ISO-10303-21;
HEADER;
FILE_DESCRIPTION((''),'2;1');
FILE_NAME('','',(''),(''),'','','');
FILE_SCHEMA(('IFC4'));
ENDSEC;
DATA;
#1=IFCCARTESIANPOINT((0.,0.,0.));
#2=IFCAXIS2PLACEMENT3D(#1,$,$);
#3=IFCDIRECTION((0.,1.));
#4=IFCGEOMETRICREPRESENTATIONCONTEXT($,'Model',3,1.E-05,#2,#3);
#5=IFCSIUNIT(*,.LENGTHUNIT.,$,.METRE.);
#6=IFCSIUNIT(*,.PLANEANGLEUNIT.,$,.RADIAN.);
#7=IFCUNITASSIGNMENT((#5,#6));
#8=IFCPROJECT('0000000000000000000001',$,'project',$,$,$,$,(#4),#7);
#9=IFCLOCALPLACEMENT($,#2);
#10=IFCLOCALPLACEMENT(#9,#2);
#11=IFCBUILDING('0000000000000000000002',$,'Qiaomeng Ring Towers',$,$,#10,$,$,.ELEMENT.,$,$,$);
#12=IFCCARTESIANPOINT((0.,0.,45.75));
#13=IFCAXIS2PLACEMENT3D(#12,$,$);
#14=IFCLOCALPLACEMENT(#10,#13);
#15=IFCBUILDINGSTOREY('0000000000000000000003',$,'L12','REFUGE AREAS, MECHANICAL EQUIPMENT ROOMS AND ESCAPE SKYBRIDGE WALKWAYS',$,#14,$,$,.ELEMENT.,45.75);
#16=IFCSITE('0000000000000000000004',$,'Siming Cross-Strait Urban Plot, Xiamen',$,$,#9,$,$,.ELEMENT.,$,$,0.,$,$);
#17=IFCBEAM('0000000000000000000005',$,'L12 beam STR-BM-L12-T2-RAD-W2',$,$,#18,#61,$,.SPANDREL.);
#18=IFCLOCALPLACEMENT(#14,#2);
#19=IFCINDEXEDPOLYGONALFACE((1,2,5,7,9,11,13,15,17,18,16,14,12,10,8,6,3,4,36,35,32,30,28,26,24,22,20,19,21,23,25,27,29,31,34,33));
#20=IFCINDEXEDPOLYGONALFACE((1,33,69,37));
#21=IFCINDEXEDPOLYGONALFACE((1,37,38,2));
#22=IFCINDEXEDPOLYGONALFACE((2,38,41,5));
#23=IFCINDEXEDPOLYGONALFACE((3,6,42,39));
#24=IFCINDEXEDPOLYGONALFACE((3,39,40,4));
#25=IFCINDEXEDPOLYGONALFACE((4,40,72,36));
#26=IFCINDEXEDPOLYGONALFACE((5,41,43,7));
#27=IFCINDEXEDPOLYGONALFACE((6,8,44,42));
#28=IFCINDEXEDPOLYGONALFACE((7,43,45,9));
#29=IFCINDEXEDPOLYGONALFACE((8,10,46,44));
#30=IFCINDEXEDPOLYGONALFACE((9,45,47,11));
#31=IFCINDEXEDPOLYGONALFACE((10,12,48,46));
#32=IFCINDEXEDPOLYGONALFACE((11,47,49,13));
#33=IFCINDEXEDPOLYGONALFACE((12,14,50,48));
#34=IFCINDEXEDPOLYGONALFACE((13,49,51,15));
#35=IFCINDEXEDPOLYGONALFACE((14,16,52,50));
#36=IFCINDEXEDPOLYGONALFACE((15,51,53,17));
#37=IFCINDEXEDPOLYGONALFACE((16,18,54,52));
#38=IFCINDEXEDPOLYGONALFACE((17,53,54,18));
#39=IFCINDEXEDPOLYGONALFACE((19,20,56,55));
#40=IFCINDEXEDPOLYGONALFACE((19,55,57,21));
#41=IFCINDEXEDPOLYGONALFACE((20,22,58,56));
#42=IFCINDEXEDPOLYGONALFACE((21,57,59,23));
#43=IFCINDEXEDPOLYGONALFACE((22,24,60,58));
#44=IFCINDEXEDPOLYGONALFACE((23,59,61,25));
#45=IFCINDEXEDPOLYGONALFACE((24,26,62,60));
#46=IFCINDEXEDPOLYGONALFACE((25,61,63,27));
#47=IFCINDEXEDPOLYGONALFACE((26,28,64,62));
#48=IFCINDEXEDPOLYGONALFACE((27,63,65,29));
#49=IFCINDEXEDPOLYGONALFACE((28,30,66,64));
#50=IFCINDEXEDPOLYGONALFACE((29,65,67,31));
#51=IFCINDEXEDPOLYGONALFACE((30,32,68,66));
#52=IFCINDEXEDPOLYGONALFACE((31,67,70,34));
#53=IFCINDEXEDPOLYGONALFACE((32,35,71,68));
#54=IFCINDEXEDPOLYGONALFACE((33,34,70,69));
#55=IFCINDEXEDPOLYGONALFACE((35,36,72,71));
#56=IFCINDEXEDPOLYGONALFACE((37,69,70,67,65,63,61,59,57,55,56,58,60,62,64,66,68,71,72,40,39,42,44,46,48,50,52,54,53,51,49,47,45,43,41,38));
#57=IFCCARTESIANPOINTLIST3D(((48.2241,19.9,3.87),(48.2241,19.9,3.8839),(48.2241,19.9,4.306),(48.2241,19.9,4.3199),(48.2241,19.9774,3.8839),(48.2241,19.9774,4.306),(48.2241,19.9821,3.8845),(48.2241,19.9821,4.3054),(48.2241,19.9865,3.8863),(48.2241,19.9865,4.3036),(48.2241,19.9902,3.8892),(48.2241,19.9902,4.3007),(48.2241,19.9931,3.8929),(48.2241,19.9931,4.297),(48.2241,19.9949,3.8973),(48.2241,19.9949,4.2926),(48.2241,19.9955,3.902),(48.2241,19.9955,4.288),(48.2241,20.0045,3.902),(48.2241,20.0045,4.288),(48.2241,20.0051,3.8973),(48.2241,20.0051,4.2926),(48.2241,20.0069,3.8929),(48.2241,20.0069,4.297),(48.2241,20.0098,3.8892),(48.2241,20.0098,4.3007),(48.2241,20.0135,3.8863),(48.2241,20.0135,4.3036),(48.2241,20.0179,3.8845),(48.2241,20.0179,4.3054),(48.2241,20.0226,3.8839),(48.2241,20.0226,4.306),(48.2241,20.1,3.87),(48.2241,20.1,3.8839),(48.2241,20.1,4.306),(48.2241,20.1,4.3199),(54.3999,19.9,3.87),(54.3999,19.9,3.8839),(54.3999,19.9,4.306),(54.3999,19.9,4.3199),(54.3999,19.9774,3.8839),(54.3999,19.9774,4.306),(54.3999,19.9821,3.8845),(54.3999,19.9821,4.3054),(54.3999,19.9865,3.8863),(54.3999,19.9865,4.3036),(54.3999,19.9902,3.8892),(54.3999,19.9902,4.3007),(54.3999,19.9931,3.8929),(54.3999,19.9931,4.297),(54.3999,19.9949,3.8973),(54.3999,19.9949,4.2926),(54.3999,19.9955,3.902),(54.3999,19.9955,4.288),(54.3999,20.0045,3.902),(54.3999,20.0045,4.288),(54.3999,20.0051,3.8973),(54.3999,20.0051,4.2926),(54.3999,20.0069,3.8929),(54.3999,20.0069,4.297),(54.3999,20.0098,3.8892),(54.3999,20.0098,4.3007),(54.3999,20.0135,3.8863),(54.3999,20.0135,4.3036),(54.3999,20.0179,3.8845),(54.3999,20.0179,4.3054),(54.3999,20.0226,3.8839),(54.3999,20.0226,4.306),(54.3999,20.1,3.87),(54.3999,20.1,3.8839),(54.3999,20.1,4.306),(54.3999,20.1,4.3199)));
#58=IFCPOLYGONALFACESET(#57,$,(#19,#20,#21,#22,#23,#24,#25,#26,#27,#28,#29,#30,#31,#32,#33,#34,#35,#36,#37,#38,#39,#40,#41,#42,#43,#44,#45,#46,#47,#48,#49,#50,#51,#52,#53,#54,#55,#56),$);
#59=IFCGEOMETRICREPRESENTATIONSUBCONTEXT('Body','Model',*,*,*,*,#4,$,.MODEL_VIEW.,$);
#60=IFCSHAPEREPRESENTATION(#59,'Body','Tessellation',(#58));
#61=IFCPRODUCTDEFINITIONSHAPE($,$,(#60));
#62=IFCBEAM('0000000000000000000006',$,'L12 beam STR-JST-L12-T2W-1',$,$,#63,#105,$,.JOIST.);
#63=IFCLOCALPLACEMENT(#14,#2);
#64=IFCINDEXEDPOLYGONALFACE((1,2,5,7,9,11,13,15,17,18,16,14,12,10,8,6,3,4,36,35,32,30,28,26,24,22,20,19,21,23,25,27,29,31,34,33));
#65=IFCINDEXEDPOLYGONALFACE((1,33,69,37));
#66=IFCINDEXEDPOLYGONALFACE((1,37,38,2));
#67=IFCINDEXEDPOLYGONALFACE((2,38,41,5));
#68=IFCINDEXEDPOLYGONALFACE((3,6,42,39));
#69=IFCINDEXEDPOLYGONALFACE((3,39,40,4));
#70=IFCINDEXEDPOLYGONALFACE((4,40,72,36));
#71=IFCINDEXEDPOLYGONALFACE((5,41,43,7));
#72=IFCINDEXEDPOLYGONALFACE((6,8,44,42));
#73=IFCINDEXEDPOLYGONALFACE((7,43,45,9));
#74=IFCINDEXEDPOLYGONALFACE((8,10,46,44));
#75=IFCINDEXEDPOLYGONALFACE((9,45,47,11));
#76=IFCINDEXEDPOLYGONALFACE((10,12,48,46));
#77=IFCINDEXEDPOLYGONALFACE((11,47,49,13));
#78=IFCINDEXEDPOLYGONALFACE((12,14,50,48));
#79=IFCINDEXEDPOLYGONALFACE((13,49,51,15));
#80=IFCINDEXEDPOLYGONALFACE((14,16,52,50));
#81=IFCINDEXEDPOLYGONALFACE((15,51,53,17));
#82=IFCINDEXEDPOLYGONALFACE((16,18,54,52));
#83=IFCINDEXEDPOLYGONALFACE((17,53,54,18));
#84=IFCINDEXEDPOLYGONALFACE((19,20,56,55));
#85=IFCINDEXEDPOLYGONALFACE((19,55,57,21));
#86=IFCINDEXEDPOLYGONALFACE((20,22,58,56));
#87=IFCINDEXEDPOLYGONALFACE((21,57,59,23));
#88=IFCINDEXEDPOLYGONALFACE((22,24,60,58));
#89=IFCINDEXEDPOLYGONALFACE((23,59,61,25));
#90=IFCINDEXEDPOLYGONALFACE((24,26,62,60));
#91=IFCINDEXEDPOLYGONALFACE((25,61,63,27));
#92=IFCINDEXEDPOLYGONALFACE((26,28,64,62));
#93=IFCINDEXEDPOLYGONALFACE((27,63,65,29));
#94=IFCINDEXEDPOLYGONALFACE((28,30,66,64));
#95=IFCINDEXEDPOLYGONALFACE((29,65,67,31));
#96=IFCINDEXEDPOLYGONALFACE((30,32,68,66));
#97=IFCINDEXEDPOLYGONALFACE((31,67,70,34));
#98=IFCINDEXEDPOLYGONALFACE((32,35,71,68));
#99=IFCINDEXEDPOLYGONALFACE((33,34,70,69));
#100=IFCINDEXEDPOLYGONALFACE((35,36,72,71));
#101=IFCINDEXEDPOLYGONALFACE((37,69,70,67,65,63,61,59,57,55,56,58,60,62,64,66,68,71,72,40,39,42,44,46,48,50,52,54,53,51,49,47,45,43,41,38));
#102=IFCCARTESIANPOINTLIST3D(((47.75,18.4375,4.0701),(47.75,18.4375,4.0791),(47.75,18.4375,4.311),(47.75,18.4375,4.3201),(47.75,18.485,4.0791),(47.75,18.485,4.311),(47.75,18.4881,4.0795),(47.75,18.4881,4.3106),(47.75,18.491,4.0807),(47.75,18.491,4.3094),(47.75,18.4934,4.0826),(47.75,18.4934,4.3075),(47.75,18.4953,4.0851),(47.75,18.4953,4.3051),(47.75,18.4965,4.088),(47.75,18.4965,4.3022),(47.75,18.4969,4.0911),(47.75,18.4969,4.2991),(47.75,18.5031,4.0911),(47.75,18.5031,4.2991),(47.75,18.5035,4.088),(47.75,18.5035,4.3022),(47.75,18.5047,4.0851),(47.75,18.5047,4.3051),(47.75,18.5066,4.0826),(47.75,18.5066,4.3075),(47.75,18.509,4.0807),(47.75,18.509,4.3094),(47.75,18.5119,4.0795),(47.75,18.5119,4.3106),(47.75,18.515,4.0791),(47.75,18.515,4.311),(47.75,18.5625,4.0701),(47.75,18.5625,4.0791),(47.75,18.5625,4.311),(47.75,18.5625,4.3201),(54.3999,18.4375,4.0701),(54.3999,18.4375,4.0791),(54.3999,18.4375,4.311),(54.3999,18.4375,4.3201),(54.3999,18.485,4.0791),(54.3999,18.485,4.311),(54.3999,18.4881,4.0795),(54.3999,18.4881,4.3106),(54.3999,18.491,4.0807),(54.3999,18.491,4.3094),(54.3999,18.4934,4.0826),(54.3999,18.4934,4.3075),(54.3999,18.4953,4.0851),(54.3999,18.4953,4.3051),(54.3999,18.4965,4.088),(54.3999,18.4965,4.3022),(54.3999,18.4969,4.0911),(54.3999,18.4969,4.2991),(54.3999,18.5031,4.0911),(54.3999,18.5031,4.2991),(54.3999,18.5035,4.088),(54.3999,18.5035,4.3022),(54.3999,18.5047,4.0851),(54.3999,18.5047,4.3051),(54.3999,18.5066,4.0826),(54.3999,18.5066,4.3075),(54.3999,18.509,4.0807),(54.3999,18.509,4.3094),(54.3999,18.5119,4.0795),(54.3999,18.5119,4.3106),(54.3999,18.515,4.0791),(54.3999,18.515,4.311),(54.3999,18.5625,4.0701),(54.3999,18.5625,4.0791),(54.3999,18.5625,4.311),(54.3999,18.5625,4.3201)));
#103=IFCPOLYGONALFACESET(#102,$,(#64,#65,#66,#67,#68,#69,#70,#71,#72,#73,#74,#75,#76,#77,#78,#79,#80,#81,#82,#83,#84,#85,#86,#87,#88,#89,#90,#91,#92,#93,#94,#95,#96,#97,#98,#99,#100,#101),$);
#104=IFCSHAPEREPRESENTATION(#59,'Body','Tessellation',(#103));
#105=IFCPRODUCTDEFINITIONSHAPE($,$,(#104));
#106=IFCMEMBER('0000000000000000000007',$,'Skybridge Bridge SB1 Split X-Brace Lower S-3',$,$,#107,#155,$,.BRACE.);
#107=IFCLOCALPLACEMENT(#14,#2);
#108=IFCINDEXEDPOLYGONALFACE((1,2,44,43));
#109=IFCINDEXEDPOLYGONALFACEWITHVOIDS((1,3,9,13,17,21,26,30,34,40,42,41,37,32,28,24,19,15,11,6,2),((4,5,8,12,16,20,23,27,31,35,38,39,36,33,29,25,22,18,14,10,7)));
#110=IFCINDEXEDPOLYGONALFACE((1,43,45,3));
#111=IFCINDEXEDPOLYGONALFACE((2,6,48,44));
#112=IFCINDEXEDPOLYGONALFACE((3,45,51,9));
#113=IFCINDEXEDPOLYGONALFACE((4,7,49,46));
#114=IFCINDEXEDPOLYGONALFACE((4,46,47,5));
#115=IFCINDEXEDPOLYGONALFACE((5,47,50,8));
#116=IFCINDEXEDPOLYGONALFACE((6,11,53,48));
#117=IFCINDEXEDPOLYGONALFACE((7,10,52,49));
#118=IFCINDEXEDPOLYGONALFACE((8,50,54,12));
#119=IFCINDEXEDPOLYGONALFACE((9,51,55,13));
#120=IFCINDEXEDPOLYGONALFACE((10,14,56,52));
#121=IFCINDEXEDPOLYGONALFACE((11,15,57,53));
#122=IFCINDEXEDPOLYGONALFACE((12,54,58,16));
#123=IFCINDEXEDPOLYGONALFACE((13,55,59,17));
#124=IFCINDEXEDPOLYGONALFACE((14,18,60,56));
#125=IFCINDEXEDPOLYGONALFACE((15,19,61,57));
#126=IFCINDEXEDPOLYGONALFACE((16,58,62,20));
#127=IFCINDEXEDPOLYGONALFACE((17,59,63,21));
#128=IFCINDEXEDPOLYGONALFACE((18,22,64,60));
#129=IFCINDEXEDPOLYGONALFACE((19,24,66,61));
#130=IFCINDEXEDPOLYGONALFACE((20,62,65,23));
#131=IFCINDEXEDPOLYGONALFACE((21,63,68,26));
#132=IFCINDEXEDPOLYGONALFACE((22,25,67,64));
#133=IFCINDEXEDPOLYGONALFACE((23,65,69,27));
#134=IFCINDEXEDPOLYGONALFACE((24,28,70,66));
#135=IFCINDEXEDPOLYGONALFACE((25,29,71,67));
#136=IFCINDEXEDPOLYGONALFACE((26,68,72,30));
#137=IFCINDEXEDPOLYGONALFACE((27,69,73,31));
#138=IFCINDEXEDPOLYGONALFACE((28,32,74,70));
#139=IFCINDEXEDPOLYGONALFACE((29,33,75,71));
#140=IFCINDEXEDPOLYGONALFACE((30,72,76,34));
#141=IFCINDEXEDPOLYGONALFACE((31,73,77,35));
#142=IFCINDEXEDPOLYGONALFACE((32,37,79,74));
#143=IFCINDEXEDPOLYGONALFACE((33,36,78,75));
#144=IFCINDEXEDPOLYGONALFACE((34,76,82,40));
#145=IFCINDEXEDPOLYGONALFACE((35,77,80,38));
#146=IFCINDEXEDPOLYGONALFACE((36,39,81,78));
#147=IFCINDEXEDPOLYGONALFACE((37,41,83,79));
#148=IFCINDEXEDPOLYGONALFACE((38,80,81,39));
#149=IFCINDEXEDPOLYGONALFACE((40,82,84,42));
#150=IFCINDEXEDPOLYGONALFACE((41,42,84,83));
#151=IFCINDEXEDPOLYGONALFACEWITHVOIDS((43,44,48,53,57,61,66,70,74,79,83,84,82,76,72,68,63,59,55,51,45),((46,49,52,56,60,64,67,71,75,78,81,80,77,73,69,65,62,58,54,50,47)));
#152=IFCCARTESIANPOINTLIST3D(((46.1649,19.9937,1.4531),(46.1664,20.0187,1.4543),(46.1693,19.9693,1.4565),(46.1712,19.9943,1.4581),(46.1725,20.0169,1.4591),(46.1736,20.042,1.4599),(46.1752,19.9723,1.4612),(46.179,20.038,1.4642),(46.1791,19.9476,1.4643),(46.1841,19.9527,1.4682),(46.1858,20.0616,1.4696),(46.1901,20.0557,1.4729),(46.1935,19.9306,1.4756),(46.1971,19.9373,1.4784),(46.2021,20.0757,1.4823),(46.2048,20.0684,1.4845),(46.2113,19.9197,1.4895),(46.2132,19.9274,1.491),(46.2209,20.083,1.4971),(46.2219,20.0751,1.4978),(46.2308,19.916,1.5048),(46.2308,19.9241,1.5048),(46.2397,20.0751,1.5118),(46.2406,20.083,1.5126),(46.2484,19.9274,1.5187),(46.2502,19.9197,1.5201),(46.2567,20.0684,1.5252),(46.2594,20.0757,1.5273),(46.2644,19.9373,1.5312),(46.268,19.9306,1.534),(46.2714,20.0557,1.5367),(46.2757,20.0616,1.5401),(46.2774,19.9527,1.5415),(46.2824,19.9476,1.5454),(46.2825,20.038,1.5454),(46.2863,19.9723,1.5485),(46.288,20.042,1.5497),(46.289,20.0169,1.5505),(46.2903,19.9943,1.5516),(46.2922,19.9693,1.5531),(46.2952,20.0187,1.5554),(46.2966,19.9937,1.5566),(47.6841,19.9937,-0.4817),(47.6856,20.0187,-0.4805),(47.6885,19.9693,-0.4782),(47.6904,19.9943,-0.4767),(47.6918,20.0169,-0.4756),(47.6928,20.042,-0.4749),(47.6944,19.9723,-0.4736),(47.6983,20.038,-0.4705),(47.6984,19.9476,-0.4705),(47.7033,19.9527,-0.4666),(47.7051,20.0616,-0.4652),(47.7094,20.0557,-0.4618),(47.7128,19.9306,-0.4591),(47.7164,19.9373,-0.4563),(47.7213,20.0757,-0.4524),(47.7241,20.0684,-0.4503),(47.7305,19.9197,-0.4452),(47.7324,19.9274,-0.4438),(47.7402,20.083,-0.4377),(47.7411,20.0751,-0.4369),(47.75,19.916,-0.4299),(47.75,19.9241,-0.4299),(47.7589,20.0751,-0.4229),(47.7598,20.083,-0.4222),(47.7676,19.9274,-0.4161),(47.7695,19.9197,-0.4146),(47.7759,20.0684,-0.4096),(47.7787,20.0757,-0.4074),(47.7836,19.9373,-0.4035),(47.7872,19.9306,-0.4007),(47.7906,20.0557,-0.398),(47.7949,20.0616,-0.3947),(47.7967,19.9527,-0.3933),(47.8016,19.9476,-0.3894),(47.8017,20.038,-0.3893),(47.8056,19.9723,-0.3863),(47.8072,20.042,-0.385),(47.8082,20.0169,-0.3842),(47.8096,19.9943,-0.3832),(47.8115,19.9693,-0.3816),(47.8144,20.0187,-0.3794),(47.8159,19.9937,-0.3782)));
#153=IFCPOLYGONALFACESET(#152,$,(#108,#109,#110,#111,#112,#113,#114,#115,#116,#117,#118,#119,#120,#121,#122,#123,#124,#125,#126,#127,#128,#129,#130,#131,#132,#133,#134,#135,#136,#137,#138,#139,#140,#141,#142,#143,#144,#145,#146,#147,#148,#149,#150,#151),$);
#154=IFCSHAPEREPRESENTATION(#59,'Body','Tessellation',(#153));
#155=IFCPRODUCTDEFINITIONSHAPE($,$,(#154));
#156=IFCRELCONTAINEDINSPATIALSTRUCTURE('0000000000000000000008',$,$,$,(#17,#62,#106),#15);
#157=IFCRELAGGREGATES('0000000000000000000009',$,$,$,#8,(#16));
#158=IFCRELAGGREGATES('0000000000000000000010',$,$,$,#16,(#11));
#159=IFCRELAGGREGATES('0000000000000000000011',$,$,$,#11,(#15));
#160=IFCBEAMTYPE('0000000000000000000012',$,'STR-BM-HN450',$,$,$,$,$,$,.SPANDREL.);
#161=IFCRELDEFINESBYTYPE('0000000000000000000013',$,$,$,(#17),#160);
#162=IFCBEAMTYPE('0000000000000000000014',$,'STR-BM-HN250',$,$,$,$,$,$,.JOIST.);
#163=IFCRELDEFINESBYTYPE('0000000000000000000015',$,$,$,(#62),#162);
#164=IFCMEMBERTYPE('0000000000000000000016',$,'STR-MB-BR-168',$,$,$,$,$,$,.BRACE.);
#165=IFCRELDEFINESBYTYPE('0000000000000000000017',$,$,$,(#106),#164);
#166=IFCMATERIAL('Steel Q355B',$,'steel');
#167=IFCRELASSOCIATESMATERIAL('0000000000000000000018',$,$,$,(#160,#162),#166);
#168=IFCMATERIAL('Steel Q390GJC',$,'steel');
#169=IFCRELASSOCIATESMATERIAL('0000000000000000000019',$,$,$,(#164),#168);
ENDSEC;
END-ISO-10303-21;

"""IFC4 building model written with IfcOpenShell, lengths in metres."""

from ifc_helpers import new_model, si_unit, direction, frame, origin, origin_2d, place, context, subcontext, project, spatial, hollow_circle, i_section, extrude, source, transform, mapped, material, material_profile, profile_set, type_object, element, save


model = new_model("IFC4")

# Units and contexts
model_context = context("Model", 3, precision=1e-05, world=origin(), true_north=direction((0.0, 1.0)))
body_context = subcontext(model_context, "Body", "Model", "MODEL_VIEW")
ifc_project = project(units=[si_unit("LENGTHUNIT", "METRE"), si_unit("PLANEANGLEUNIT", "RADIAN")], contexts=[model_context])

# Site, building, storey
site_placement = place(None, origin())
site = spatial("IfcSite", under=ifc_project, at=site_placement, Name="Siming Cross-Strait Urban Plot, Xiamen", CompositionType="ELEMENT", RefElevation=0.0)
building_placement = place(site_placement, origin())
building = spatial("IfcBuilding", under=site, at=building_placement, Name="Qiaomeng Ring Towers", CompositionType="ELEMENT")
storey_placement = place(building_placement, frame((0.0, 0.0, 45.75)))
storey = spatial("IfcBuildingStorey", under=building, at=storey_placement, Name="L12", Description="REFUGE AREAS, MECHANICAL EQUIPMENT ROOMS AND ESCAPE SKYBRIDGE WALKWAYS", CompositionType="ELEMENT", Elevation=45.75)

# Beams
ifc_material_1 = material(Name="Steel Q355B", Category="steel")
ifc_material_2 = material(Name="Steel Q390GJC", Category="steel")
ifc_material_profile_1 = material_profile(ifc_material_1, i_section(OverallWidth=0.2, OverallDepth=0.45, WebThickness=0.009, FlangeThickness=0.0139, FilletRadius=0.0181, at=origin_2d()), Name="HN 450x200x9x14")
ifc_profile_set_1 = profile_set([ifc_material_profile_1], Name="Steel Q355B")
beam_type_1 = type_object("IfcBeamType", Name="STR-BM-HN450", PredefinedType="SPANDREL", material=ifc_profile_set_1)
shared_shape_1 = source(origin(), body_context, "Body", "SweptSolid", [
    extrude(i_section(OverallWidth=0.2, OverallDepth=0.45, WebThickness=0.009, FlangeThickness=0.0139, FilletRadius=0.0181, at=origin_2d()), origin(), (0.0, 0.0, 1.0), 6.1758),
])
beam_1_placement = place(storey_placement, frame((48.2241, 20.0, 4.095), z_axis=(1.0, 0.0, 0.0), x_axis=(0.0, 1.0, 0.0)))
element("IfcBeam", 1, at=beam_1_placement, inside=storey, type_object=beam_type_1, Name="L12 beam STR-BM-L12-T2-RAD-W2", PredefinedType="SPANDREL", context=body_context, shape_type="MappedRepresentation", body=[
    mapped(shared_shape_1, transform((0.0, 0.0, 0.0), x_axis=(1.0, 0.0, 0.0), y_axis=(0.0, 1.0, 0.0), z_axis=(0.0, 0.0, 1.0), scale=1.0)),
])
ifc_material_profile_2 = material_profile(ifc_material_1, i_section(OverallWidth=0.125, OverallDepth=0.25, WebThickness=0.0061, FlangeThickness=0.009, FilletRadius=0.012, at=origin_2d()), Name="HN 250x125x6x9")
ifc_profile_set_2 = profile_set([ifc_material_profile_2], Name="Steel Q355B")
beam_type_2 = type_object("IfcBeamType", Name="STR-BM-HN250", PredefinedType="JOIST", material=ifc_profile_set_2)
shared_shape_2 = source(origin(), body_context, "Body", "SweptSolid", [
    extrude(i_section(OverallWidth=0.125, OverallDepth=0.25, WebThickness=0.0061, FlangeThickness=0.009, FilletRadius=0.012, at=origin_2d()), origin(), (0.0, 0.0, 1.0), 6.6499),
])
beam_2_placement = place(storey_placement, frame((47.75, 18.5, 4.1951), z_axis=(1.0, 0.0, 0.0), x_axis=(0.0, 1.0, 0.0)))
element("IfcBeam", 2, at=beam_2_placement, inside=storey, type_object=beam_type_2, Name="L12 beam STR-JST-L12-T2W-1", PredefinedType="JOIST", context=body_context, shape_type="MappedRepresentation", body=[
    mapped(shared_shape_2, transform((0.0, 0.0, 0.0), x_axis=(1.0, 0.0, 0.0), y_axis=(0.0, 1.0, 0.0), z_axis=(0.0, 0.0, 1.0), scale=1.0)),
])

# Member
ifc_material_profile_3 = material_profile(ifc_material_2, hollow_circle(Radius=0.084, WallThickness=0.0081, at=origin_2d()), Name="CHS 168x8")
ifc_profile_set_3 = profile_set([ifc_material_profile_3], Name="Steel Q390GJC")
member_type_1 = type_object("IfcMemberType", Name="STR-MB-BR-168", PredefinedType="BRACE", material=ifc_profile_set_3)
shared_shape_3 = source(origin(), body_context, "Body", "SweptSolid", [
    extrude(hollow_circle(Radius=0.084, WallThickness=0.0081, at=origin_2d()), origin(), (0.0, 0.0, 1.0), 2.46),
])
for number, where, z_axis, x_axis, name in (
    (3, (47.75, 20.0, -0.4299), (-0.617589, 0.0, 0.786501), (0.0, -1.0, 0.0), "Skybridge Bridge SB1 Split X-Brace Lower S-3"),
):
    element("IfcMember", number, at=place(storey_placement, frame(where, z_axis=z_axis, x_axis=x_axis)), inside=storey, type_object=member_type_1, Name=name, PredefinedType="BRACE", context=body_context, shape_type="MappedRepresentation", body=[
        mapped(shared_shape_3, transform((0.0, 0.0, 0.0), x_axis=(1.0, 0.0, 0.0), y_axis=(0.0, 1.0, 0.0), z_axis=(0.0, 0.0, 1.0), scale=1.0)),
    ])

save(model, "model.ifc")
